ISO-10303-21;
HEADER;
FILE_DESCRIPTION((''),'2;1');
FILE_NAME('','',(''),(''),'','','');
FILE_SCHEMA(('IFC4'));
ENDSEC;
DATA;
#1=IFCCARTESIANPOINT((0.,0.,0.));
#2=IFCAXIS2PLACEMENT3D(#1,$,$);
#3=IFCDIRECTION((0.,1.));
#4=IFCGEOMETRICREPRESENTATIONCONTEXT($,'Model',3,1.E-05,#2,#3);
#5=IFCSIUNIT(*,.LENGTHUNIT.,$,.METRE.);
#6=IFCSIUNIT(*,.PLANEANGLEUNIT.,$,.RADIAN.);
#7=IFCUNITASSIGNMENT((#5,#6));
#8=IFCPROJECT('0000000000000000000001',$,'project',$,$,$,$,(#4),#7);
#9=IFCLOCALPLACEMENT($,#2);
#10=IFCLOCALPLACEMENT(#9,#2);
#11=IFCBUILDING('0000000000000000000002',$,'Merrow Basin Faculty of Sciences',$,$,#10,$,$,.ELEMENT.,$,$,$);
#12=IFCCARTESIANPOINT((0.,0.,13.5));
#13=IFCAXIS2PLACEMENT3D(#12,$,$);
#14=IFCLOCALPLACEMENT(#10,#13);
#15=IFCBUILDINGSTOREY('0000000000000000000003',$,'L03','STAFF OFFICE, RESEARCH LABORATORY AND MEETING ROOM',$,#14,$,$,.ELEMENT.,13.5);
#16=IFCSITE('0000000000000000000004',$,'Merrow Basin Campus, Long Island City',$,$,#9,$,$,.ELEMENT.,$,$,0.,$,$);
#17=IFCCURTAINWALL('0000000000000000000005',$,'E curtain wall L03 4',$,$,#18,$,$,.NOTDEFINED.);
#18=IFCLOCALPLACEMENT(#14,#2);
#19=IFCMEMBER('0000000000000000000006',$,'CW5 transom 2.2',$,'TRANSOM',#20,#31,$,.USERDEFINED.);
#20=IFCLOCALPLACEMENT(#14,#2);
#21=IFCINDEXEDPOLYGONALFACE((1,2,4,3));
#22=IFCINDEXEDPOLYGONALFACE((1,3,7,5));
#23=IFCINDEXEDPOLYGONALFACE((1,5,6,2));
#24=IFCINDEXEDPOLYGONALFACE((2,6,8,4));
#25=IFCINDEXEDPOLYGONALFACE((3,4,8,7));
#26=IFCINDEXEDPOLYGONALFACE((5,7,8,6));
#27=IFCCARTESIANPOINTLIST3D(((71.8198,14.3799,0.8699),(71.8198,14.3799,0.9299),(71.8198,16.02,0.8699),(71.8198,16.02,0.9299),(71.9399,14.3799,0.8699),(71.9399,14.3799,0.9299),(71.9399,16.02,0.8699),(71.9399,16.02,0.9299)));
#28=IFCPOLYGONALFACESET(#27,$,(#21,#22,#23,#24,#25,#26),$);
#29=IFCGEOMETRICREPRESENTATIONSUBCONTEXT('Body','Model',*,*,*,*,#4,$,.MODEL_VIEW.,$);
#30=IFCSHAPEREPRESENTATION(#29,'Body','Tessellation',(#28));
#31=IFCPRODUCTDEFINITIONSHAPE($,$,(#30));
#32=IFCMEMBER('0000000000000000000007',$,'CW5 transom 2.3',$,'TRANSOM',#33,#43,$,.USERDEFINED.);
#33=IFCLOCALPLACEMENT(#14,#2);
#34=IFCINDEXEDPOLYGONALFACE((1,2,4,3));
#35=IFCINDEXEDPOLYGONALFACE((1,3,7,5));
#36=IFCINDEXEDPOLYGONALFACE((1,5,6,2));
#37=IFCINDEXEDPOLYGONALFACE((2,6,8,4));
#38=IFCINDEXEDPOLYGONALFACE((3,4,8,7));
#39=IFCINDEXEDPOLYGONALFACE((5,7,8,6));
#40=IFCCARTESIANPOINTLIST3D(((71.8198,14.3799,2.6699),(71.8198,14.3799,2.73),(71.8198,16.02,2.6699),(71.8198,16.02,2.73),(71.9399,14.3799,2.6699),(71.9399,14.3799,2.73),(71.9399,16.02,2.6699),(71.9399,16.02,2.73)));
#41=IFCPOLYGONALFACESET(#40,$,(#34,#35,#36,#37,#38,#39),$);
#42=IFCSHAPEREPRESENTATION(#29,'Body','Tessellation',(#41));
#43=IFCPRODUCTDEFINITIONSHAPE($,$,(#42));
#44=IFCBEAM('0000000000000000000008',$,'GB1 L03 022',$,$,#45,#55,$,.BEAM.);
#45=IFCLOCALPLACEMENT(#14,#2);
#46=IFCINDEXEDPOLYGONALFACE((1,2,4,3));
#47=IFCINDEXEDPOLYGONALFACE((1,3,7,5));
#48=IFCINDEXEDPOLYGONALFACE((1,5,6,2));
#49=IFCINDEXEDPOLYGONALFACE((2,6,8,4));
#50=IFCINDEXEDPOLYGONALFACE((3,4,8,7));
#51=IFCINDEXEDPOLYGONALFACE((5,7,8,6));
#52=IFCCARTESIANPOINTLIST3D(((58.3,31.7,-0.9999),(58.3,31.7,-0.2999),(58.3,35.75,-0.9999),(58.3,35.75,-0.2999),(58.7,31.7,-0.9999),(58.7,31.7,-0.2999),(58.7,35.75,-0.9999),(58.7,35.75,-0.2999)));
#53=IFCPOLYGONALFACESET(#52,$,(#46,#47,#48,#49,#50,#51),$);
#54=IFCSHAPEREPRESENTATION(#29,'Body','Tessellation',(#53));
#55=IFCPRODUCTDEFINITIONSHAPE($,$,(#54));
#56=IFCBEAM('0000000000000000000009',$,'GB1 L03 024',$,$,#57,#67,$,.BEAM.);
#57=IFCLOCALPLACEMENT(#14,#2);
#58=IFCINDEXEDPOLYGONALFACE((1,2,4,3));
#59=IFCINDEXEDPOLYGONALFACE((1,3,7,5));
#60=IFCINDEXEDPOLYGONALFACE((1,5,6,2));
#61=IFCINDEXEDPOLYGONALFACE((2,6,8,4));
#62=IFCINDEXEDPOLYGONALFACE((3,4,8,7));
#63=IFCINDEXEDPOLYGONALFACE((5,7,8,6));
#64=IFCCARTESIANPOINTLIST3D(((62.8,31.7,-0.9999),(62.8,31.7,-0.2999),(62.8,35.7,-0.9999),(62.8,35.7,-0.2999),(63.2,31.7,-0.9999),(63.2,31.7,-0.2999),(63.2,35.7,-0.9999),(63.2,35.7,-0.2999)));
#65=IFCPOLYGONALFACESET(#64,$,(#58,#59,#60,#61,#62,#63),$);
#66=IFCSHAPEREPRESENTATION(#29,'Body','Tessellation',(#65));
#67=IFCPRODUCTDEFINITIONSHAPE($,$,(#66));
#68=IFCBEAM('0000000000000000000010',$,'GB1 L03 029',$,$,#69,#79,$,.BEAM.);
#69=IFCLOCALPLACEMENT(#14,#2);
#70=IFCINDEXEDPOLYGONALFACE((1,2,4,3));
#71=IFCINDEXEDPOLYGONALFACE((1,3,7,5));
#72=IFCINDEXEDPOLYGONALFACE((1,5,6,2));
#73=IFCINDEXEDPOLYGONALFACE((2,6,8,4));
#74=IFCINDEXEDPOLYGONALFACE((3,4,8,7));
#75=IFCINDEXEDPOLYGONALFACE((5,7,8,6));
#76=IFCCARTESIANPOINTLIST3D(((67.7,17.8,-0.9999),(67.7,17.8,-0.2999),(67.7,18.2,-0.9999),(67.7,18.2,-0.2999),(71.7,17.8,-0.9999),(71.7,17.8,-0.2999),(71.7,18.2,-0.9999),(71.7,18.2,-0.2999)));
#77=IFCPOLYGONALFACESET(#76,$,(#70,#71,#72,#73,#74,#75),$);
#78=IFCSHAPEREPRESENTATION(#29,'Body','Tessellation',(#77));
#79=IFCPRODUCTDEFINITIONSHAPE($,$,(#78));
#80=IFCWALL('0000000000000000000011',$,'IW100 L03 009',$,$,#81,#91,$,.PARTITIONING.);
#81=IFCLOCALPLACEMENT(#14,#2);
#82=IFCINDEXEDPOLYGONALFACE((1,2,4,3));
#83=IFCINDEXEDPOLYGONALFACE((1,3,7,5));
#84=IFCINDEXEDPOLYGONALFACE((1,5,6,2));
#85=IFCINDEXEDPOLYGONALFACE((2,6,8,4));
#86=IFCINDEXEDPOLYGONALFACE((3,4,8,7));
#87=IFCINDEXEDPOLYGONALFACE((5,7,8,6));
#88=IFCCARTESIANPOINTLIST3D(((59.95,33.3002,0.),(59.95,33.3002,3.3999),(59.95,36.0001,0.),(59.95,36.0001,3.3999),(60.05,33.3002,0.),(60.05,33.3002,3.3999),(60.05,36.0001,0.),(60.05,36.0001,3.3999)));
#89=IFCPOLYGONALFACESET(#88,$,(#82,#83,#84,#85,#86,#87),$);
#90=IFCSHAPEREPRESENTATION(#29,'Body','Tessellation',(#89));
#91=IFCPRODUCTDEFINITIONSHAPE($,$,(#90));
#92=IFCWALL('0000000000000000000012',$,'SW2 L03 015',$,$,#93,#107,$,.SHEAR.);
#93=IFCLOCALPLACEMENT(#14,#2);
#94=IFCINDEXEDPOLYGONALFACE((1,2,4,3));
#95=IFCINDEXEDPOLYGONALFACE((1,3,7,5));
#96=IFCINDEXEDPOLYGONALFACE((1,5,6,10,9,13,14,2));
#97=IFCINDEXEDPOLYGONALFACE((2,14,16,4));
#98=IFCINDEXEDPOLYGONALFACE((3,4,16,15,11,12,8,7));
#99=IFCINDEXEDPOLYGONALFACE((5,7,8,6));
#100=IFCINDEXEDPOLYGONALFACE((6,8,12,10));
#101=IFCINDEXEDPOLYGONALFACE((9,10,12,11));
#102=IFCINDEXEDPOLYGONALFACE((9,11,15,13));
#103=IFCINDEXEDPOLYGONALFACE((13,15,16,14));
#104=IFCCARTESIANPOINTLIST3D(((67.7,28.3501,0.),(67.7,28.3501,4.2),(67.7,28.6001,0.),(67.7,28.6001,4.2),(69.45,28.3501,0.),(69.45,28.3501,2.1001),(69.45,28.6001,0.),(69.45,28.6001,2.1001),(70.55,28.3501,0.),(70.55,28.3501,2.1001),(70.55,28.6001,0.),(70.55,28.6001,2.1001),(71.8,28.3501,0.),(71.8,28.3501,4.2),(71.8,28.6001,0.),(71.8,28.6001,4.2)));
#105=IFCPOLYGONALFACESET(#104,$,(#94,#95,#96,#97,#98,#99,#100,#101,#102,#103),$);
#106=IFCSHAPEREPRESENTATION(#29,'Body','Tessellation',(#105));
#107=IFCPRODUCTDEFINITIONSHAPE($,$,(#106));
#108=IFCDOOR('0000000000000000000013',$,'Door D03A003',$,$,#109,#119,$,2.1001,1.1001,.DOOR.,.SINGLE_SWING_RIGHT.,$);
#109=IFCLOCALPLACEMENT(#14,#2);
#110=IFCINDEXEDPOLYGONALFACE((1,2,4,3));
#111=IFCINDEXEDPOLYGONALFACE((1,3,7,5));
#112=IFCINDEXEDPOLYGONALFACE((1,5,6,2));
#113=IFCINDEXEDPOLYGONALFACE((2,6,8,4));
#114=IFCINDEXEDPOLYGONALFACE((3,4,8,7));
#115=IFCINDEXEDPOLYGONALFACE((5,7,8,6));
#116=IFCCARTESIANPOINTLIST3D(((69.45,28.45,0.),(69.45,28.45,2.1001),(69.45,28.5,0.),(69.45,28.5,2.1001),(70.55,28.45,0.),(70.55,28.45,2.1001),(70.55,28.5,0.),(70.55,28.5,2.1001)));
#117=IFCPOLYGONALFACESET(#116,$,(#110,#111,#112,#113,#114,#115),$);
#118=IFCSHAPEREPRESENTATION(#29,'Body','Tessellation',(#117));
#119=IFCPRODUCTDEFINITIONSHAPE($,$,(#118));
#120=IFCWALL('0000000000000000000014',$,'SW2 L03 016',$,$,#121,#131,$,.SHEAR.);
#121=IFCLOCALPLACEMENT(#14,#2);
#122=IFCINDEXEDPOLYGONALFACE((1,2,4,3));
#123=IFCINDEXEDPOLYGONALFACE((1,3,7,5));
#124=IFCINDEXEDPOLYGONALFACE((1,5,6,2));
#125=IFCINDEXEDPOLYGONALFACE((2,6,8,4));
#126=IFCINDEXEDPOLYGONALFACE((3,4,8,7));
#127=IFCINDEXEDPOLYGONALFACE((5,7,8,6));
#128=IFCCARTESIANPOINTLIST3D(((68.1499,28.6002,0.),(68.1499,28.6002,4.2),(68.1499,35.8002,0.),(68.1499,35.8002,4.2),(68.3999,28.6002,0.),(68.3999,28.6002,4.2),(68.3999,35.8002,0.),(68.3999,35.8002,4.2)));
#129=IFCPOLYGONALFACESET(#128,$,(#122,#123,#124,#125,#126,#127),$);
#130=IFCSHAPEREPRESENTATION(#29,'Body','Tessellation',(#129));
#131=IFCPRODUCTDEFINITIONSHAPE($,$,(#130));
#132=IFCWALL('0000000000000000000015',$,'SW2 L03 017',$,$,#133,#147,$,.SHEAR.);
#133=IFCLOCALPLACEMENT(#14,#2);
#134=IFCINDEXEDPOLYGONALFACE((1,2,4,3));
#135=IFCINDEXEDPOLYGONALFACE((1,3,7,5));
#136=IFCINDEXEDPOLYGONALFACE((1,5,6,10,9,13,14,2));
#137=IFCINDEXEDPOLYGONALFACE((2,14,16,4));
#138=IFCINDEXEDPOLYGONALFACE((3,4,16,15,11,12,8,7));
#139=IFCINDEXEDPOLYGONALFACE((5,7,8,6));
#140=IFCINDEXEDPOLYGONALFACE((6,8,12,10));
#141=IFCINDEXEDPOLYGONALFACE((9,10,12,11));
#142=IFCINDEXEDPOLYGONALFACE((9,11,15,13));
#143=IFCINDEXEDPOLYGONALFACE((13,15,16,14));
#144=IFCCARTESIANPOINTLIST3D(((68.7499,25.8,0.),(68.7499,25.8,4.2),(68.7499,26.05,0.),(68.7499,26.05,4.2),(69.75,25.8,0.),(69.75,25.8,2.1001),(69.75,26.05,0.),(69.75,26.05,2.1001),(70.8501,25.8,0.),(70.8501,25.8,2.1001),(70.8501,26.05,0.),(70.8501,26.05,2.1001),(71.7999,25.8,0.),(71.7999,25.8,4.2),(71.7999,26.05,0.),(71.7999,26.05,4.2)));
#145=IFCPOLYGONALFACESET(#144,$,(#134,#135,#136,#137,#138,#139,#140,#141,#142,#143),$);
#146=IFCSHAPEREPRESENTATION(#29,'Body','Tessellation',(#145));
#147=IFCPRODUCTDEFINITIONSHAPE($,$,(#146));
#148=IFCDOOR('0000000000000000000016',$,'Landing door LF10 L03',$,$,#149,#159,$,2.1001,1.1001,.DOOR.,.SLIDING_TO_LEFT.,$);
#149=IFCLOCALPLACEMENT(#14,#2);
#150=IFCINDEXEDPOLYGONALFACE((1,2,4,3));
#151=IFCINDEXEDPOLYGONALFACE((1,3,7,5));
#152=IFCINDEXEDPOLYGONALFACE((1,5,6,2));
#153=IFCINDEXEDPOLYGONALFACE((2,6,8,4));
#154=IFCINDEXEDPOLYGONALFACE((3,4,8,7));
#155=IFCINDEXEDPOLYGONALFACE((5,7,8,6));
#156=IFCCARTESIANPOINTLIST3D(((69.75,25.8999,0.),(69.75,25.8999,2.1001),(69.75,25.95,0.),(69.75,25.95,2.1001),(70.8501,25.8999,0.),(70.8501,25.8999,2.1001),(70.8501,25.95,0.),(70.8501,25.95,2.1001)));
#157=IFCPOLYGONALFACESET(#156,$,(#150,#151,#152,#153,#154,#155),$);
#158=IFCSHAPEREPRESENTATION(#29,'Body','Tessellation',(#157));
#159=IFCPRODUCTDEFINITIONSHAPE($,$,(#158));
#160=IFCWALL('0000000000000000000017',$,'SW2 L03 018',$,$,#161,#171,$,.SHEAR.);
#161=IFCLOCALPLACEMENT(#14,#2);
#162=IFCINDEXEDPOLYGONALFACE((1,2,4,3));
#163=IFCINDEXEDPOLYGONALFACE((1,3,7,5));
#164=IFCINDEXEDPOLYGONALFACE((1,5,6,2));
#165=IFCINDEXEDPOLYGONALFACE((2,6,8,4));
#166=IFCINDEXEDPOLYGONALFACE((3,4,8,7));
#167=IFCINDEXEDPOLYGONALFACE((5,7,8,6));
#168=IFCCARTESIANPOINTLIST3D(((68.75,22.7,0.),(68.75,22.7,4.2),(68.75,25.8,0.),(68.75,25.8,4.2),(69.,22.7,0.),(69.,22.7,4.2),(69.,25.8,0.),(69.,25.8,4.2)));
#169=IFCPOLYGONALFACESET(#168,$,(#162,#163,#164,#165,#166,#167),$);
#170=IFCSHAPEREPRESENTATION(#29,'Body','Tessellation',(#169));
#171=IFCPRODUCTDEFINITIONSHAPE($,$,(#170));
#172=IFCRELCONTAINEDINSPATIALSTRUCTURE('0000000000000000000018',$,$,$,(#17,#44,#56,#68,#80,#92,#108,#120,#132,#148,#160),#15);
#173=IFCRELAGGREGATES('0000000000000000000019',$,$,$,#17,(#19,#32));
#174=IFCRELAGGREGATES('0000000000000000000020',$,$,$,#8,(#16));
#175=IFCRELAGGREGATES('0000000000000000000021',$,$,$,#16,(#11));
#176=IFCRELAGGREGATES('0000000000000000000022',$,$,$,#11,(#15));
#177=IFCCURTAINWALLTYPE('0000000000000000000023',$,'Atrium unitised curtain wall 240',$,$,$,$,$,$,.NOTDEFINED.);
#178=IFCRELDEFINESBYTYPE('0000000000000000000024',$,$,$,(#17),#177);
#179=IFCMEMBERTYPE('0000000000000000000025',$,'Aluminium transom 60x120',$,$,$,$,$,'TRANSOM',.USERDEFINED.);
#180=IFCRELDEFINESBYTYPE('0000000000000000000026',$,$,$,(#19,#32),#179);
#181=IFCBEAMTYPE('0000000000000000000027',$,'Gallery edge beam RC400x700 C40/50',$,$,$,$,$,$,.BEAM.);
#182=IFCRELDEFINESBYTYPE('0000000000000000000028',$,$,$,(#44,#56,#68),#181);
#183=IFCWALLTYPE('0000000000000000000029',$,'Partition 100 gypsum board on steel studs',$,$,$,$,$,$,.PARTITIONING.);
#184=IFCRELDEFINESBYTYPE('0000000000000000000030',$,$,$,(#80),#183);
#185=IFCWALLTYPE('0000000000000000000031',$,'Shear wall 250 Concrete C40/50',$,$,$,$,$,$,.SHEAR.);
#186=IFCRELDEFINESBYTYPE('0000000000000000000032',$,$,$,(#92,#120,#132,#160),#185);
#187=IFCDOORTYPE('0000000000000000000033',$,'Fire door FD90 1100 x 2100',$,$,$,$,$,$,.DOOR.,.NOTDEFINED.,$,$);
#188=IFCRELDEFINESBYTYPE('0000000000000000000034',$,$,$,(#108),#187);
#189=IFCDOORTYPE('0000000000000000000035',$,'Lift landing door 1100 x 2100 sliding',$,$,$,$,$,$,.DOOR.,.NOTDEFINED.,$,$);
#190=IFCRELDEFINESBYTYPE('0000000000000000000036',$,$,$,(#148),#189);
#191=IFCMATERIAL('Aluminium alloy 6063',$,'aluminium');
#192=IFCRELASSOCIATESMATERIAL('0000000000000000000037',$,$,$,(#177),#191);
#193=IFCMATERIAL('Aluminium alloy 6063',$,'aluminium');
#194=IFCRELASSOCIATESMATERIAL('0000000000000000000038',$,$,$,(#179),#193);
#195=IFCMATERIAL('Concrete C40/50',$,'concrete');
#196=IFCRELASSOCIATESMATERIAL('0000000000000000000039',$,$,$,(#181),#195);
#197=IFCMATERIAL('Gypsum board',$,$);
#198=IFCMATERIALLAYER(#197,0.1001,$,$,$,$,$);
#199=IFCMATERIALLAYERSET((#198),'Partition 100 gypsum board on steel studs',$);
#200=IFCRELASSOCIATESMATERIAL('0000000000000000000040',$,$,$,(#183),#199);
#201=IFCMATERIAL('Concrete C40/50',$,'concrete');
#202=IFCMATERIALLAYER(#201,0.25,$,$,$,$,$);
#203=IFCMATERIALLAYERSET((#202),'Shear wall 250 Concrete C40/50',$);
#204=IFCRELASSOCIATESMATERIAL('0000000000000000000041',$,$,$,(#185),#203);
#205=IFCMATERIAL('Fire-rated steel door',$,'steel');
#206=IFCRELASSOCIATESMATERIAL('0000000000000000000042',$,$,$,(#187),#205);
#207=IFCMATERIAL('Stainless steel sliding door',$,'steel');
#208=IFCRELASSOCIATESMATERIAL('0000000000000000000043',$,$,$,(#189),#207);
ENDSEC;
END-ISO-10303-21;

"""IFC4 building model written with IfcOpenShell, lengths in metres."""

from ifc_helpers import new_model, si_unit, direction, frame, frame_2d, origin, origin_2d, place, context, subcontext, project, spatial, rectangle, extrude, material, layer, layer_set, material_profile, profile_set, type_object, element, fill, aggregate, save


model = new_model("IFC4")

# Units and contexts
model_context = context("Model", 3, precision=1e-05, world=origin(), true_north=direction((0.0, 1.0)))
body_context = subcontext(model_context, "Body", "Model", "MODEL_VIEW")
ifc_project = project(units=[si_unit("LENGTHUNIT", "METRE"), si_unit("PLANEANGLEUNIT", "RADIAN")], contexts=[model_context])

# Site, building, storey
site_placement = place(None, origin())
site = spatial("IfcSite", under=ifc_project, at=site_placement, Name="Merrow Basin Campus, Long Island City", CompositionType="ELEMENT", RefElevation=0.0)
building_placement = place(site_placement, origin())
building = spatial("IfcBuilding", under=site, at=building_placement, Name="Merrow Basin Faculty of Sciences", CompositionType="ELEMENT")
storey_placement = place(building_placement, frame((0.0, 0.0, 13.5)))
storey = spatial("IfcBuildingStorey", under=building, at=storey_placement, Name="L03", Description="STAFF OFFICE, RESEARCH LABORATORY AND MEETING ROOM", CompositionType="ELEMENT", Elevation=13.5)

# Curtain wall, members
ifc_material_1 = material(Name="Aluminium alloy 6063", Category="aluminium")
curtain_wall_type = type_object("IfcCurtainWallType", Name="Atrium unitised curtain wall 240", PredefinedType="NOTDEFINED", material=ifc_material_1)
curtain_wall_placement = place(storey_placement, origin())
curtain_wall = element("IfcCurtainWall", 1, at=curtain_wall_placement, inside=storey, type_object=curtain_wall_type, Name="E curtain wall L03 4", PredefinedType="NOTDEFINED")
ifc_material_2 = material(Name="Aluminium alloy 6063", Category="aluminium")
ifc_material_profile_1 = material_profile(ifc_material_2, rectangle(XDim=0.1201, YDim=0.0601, at=origin_2d()))
ifc_profile_set_1 = profile_set([ifc_material_profile_1], Name="Aluminium alloy 6063")
member_type = type_object("IfcMemberType", Name="Aluminium transom 60x120", ElementType="TRANSOM", PredefinedType="USERDEFINED", material=ifc_profile_set_1)
member_1_placement = place(storey_placement, frame((71.8799, 14.3799, 0.8999), z_axis=(0.0, 1.0, 0.0), x_axis=(-1.0, 0.0, 0.0)))
member_1 = element("IfcMember", 2, at=member_1_placement, type_object=member_type, Name="CW5 transom 2.2", ObjectType="TRANSOM", PredefinedType="USERDEFINED", context=body_context, shape_type="SweptSolid", body=[
    extrude(rectangle(XDim=0.1201, YDim=0.0601, at=origin_2d()), origin(), (0.0, 0.0, 1.0), 1.6401),
])
member_2_placement = place(storey_placement, frame((71.8799, 14.3799, 2.7), z_axis=(0.0, 1.0, 0.0), x_axis=(-1.0, 0.0, 0.0)))
member_2 = element("IfcMember", 3, at=member_2_placement, type_object=member_type, Name="CW5 transom 2.3", ObjectType="TRANSOM", PredefinedType="USERDEFINED", context=body_context, shape_type="SweptSolid", body=[
    extrude(rectangle(XDim=0.1201, YDim=0.0601, at=origin_2d()), origin(), (0.0, 0.0, 1.0), 1.6401),
])
aggregate(curtain_wall, [member_1, member_2])

# Beams
ifc_material_3 = material(Name="Concrete C40/50", Category="concrete")
ifc_material_profile_2 = material_profile(ifc_material_3, rectangle(XDim=0.3999, YDim=0.7, at=origin_2d()))
ifc_profile_set_2 = profile_set([ifc_material_profile_2], Name="Concrete C40/50")
beam_type = type_object("IfcBeamType", Name="Gallery edge beam RC400x700 C40/50", PredefinedType="BEAM", material=ifc_profile_set_2)
beam_placement = place(storey_placement, frame((58.5, 31.7, -0.6499), z_axis=(0.0, 1.0, 0.0), x_axis=(-1.0, 0.0, 0.0)))
element("IfcBeam", 4, at=beam_placement, inside=storey, type_object=beam_type, Name="GB1 L03 022", PredefinedType="BEAM", context=body_context, shape_type="SweptSolid", body=[
    extrude(rectangle(XDim=0.3999, YDim=0.7, at=origin_2d()), origin(), (0.0, 0.0, 1.0), 4.05),
])
for number, where, z_axis, x_axis, name in (
    (5, (63.0, 31.7, -0.6499), (0.0, 1.0, 0.0), (-1.0, 0.0, 0.0), "GB1 L03 024"),
    (6, (67.7, 18.0, -0.6499), (1.0, 0.0, 0.0), (0.0, 1.0, 0.0), "GB1 L03 029"),
):
    element("IfcBeam", number, at=place(storey_placement, frame(where, z_axis=z_axis, x_axis=x_axis)), inside=storey, type_object=beam_type, Name=name, PredefinedType="BEAM", context=body_context, shape_type="SweptSolid", body=[
        extrude(rectangle(XDim=0.3999, YDim=0.7, at=origin_2d()), origin(), (0.0, 0.0, 1.0), 4.0),
    ])

# Wall
ifc_material_4 = material(Name="Gypsum board")
ifc_layer_1 = layer(ifc_material_4, 0.1001)
ifc_layer_set_1 = layer_set([ifc_layer_1], Name="Partition 100 gypsum board on steel studs")
wall_type_1 = type_object("IfcWallType", Name="Partition 100 gypsum board on steel studs", PredefinedType="PARTITIONING", material=ifc_layer_set_1)
wall_1_placement = place(storey_placement, frame((60.0, 33.3, 0.0), z_axis=(0.0, 0.0, 1.0), x_axis=(0.0, 1.0, 0.0)))
element("IfcWall", 7, at=wall_1_placement, inside=storey, type_object=wall_type_1, Name="IW100 L03 009", PredefinedType="PARTITIONING", context=body_context, shape_type="SweptSolid", body=[
    extrude(rectangle(XDim=2.7, YDim=0.1001, at=frame_2d((1.3501, 0.0))), origin(), (0.0, 0.0, 1.0), 3.3999),
])

# Wall, opening, door
ifc_material_5 = material(Name="Concrete C40/50", Category="concrete")
ifc_layer_2 = layer(ifc_material_5, 0.25)
ifc_layer_set_2 = layer_set([ifc_layer_2], Name="Shear wall 250 Concrete C40/50")
wall_type_2 = type_object("IfcWallType", Name="Shear wall 250 Concrete C40/50", PredefinedType="SHEAR", material=ifc_layer_set_2)
wall_2_placement = place(storey_placement, frame((67.7, 28.4751, 0.0), z_axis=(0.0, 0.0, 1.0), x_axis=(1.0, 0.0, 0.0)))
wall_2 = element("IfcWall", 8, at=wall_2_placement, inside=storey, type_object=wall_type_2, Name="SW2 L03 015", PredefinedType="SHEAR", context=body_context, shape_type="SweptSolid", body=[
    extrude(rectangle(XDim=4.1001, YDim=0.25, at=frame_2d((2.05, 0.0))), origin(), (0.0, 0.0, 1.0), 4.2),
])
opening_1_placement = place(wall_2_placement, frame((1.75, 0.0, 0.0)))
opening_1 = element("IfcOpeningElement", 9, at=opening_1_placement, cuts=wall_2, PredefinedType="OPENING", context=body_context, shape_type="SweptSolid", body=[
    extrude(rectangle(XDim=1.1001, YDim=2.1001, at=frame_2d((0.55, 1.05))), frame((0.0, 0.135, 0.0), z_axis=(0.0, -1.0, 0.0), x_axis=(1.0, 0.0, 0.0)), (0.0, 0.0, 1.0), 0.27),
])
ifc_material_6 = material(Name="Fire-rated steel door", Category="steel")
door_type_1 = type_object("IfcDoorType", Name="Fire door FD90 1100 x 2100", OperationType="NOTDEFINED", PredefinedType="DOOR", material=ifc_material_6)
door_1_placement = place(opening_1_placement, origin())
door_1 = element("IfcDoor", 10, at=door_1_placement, inside=storey, type_object=door_type_1, Name="Door D03A003", OperationType="SINGLE_SWING_RIGHT", OverallHeight=2.1001, OverallWidth=1.1001, PredefinedType="DOOR", context=body_context, shape_type="SweptSolid", body=[
    extrude(rectangle(XDim=1.1001, YDim=2.1001, at=frame_2d((0.55, 1.05))), frame((0.0, 0.0249, 0.0), z_axis=(0.0, -1.0, 0.0), x_axis=(1.0, 0.0, 0.0)), (0.0, 0.0, 1.0), 0.05),
])
fill(opening_1, door_1)

# Wall
wall_3_placement = place(storey_placement, frame((68.2749, 28.6001, 0.0), z_axis=(0.0, 0.0, 1.0), x_axis=(0.0, 1.0, 0.0)))
element("IfcWall", 11, at=wall_3_placement, inside=storey, type_object=wall_type_2, Name="SW2 L03 016", PredefinedType="SHEAR", context=body_context, shape_type="SweptSolid", body=[
    extrude(rectangle(XDim=7.2, YDim=0.25, at=frame_2d((3.6001, 0.0))), origin(), (0.0, 0.0, 1.0), 4.2),
])

# Wall, opening, door
wall_4_placement = place(storey_placement, frame((68.75, 25.925, 0.0), z_axis=(0.0, 0.0, 1.0), x_axis=(1.0, 0.0, 0.0)))
wall_4 = element("IfcWall", 12, at=wall_4_placement, inside=storey, type_object=wall_type_2, Name="SW2 L03 017", PredefinedType="SHEAR", context=body_context, shape_type="SweptSolid", body=[
    extrude(rectangle(XDim=3.05, YDim=0.25, at=frame_2d((1.5249, 0.0))), origin(), (0.0, 0.0, 1.0), 4.2),
])
opening_2_placement = place(wall_4_placement, frame((1.0, 0.0, 0.0)))
opening_2 = element("IfcOpeningElement", 13, at=opening_2_placement, cuts=wall_4, PredefinedType="OPENING", context=body_context, shape_type="SweptSolid", body=[
    extrude(rectangle(XDim=1.1001, YDim=2.1001, at=frame_2d((0.55, 1.05))), frame((0.0, 0.135, 0.0), z_axis=(0.0, -1.0, 0.0), x_axis=(1.0, 0.0, 0.0)), (0.0, 0.0, 1.0), 0.27),
])
ifc_material_7 = material(Name="Stainless steel sliding door", Category="steel")
door_type_2 = type_object("IfcDoorType", Name="Lift landing door 1100 x 2100 sliding", OperationType="NOTDEFINED", PredefinedType="DOOR", material=ifc_material_7)
door_2_placement = place(opening_2_placement, origin())
door_2 = element("IfcDoor", 14, at=door_2_placement, inside=storey, type_object=door_type_2, Name="Landing door LF10 L03", OperationType="SLIDING_TO_LEFT", OverallHeight=2.1001, OverallWidth=1.1001, PredefinedType="DOOR", context=body_context, shape_type="SweptSolid", body=[
    extrude(rectangle(XDim=1.1001, YDim=2.1001, at=frame_2d((0.55, 1.05))), frame((0.0, 0.0249, 0.0), z_axis=(0.0, -1.0, 0.0), x_axis=(1.0, 0.0, 0.0)), (0.0, 0.0, 1.0), 0.05),
])
fill(opening_2, door_2)

# Wall
wall_5_placement = place(storey_placement, frame((68.875, 22.7, 0.0), z_axis=(0.0, 0.0, 1.0), x_axis=(0.0, 1.0, 0.0)))
element("IfcWall", 15, at=wall_5_placement, inside=storey, type_object=wall_type_2, Name="SW2 L03 018", PredefinedType="SHEAR", context=body_context, shape_type="SweptSolid", body=[
    extrude(rectangle(XDim=3.1001, YDim=0.25, at=frame_2d((1.55, 0.0))), origin(), (0.0, 0.0, 1.0), 4.2),
])

save(model, "model.ifc")
